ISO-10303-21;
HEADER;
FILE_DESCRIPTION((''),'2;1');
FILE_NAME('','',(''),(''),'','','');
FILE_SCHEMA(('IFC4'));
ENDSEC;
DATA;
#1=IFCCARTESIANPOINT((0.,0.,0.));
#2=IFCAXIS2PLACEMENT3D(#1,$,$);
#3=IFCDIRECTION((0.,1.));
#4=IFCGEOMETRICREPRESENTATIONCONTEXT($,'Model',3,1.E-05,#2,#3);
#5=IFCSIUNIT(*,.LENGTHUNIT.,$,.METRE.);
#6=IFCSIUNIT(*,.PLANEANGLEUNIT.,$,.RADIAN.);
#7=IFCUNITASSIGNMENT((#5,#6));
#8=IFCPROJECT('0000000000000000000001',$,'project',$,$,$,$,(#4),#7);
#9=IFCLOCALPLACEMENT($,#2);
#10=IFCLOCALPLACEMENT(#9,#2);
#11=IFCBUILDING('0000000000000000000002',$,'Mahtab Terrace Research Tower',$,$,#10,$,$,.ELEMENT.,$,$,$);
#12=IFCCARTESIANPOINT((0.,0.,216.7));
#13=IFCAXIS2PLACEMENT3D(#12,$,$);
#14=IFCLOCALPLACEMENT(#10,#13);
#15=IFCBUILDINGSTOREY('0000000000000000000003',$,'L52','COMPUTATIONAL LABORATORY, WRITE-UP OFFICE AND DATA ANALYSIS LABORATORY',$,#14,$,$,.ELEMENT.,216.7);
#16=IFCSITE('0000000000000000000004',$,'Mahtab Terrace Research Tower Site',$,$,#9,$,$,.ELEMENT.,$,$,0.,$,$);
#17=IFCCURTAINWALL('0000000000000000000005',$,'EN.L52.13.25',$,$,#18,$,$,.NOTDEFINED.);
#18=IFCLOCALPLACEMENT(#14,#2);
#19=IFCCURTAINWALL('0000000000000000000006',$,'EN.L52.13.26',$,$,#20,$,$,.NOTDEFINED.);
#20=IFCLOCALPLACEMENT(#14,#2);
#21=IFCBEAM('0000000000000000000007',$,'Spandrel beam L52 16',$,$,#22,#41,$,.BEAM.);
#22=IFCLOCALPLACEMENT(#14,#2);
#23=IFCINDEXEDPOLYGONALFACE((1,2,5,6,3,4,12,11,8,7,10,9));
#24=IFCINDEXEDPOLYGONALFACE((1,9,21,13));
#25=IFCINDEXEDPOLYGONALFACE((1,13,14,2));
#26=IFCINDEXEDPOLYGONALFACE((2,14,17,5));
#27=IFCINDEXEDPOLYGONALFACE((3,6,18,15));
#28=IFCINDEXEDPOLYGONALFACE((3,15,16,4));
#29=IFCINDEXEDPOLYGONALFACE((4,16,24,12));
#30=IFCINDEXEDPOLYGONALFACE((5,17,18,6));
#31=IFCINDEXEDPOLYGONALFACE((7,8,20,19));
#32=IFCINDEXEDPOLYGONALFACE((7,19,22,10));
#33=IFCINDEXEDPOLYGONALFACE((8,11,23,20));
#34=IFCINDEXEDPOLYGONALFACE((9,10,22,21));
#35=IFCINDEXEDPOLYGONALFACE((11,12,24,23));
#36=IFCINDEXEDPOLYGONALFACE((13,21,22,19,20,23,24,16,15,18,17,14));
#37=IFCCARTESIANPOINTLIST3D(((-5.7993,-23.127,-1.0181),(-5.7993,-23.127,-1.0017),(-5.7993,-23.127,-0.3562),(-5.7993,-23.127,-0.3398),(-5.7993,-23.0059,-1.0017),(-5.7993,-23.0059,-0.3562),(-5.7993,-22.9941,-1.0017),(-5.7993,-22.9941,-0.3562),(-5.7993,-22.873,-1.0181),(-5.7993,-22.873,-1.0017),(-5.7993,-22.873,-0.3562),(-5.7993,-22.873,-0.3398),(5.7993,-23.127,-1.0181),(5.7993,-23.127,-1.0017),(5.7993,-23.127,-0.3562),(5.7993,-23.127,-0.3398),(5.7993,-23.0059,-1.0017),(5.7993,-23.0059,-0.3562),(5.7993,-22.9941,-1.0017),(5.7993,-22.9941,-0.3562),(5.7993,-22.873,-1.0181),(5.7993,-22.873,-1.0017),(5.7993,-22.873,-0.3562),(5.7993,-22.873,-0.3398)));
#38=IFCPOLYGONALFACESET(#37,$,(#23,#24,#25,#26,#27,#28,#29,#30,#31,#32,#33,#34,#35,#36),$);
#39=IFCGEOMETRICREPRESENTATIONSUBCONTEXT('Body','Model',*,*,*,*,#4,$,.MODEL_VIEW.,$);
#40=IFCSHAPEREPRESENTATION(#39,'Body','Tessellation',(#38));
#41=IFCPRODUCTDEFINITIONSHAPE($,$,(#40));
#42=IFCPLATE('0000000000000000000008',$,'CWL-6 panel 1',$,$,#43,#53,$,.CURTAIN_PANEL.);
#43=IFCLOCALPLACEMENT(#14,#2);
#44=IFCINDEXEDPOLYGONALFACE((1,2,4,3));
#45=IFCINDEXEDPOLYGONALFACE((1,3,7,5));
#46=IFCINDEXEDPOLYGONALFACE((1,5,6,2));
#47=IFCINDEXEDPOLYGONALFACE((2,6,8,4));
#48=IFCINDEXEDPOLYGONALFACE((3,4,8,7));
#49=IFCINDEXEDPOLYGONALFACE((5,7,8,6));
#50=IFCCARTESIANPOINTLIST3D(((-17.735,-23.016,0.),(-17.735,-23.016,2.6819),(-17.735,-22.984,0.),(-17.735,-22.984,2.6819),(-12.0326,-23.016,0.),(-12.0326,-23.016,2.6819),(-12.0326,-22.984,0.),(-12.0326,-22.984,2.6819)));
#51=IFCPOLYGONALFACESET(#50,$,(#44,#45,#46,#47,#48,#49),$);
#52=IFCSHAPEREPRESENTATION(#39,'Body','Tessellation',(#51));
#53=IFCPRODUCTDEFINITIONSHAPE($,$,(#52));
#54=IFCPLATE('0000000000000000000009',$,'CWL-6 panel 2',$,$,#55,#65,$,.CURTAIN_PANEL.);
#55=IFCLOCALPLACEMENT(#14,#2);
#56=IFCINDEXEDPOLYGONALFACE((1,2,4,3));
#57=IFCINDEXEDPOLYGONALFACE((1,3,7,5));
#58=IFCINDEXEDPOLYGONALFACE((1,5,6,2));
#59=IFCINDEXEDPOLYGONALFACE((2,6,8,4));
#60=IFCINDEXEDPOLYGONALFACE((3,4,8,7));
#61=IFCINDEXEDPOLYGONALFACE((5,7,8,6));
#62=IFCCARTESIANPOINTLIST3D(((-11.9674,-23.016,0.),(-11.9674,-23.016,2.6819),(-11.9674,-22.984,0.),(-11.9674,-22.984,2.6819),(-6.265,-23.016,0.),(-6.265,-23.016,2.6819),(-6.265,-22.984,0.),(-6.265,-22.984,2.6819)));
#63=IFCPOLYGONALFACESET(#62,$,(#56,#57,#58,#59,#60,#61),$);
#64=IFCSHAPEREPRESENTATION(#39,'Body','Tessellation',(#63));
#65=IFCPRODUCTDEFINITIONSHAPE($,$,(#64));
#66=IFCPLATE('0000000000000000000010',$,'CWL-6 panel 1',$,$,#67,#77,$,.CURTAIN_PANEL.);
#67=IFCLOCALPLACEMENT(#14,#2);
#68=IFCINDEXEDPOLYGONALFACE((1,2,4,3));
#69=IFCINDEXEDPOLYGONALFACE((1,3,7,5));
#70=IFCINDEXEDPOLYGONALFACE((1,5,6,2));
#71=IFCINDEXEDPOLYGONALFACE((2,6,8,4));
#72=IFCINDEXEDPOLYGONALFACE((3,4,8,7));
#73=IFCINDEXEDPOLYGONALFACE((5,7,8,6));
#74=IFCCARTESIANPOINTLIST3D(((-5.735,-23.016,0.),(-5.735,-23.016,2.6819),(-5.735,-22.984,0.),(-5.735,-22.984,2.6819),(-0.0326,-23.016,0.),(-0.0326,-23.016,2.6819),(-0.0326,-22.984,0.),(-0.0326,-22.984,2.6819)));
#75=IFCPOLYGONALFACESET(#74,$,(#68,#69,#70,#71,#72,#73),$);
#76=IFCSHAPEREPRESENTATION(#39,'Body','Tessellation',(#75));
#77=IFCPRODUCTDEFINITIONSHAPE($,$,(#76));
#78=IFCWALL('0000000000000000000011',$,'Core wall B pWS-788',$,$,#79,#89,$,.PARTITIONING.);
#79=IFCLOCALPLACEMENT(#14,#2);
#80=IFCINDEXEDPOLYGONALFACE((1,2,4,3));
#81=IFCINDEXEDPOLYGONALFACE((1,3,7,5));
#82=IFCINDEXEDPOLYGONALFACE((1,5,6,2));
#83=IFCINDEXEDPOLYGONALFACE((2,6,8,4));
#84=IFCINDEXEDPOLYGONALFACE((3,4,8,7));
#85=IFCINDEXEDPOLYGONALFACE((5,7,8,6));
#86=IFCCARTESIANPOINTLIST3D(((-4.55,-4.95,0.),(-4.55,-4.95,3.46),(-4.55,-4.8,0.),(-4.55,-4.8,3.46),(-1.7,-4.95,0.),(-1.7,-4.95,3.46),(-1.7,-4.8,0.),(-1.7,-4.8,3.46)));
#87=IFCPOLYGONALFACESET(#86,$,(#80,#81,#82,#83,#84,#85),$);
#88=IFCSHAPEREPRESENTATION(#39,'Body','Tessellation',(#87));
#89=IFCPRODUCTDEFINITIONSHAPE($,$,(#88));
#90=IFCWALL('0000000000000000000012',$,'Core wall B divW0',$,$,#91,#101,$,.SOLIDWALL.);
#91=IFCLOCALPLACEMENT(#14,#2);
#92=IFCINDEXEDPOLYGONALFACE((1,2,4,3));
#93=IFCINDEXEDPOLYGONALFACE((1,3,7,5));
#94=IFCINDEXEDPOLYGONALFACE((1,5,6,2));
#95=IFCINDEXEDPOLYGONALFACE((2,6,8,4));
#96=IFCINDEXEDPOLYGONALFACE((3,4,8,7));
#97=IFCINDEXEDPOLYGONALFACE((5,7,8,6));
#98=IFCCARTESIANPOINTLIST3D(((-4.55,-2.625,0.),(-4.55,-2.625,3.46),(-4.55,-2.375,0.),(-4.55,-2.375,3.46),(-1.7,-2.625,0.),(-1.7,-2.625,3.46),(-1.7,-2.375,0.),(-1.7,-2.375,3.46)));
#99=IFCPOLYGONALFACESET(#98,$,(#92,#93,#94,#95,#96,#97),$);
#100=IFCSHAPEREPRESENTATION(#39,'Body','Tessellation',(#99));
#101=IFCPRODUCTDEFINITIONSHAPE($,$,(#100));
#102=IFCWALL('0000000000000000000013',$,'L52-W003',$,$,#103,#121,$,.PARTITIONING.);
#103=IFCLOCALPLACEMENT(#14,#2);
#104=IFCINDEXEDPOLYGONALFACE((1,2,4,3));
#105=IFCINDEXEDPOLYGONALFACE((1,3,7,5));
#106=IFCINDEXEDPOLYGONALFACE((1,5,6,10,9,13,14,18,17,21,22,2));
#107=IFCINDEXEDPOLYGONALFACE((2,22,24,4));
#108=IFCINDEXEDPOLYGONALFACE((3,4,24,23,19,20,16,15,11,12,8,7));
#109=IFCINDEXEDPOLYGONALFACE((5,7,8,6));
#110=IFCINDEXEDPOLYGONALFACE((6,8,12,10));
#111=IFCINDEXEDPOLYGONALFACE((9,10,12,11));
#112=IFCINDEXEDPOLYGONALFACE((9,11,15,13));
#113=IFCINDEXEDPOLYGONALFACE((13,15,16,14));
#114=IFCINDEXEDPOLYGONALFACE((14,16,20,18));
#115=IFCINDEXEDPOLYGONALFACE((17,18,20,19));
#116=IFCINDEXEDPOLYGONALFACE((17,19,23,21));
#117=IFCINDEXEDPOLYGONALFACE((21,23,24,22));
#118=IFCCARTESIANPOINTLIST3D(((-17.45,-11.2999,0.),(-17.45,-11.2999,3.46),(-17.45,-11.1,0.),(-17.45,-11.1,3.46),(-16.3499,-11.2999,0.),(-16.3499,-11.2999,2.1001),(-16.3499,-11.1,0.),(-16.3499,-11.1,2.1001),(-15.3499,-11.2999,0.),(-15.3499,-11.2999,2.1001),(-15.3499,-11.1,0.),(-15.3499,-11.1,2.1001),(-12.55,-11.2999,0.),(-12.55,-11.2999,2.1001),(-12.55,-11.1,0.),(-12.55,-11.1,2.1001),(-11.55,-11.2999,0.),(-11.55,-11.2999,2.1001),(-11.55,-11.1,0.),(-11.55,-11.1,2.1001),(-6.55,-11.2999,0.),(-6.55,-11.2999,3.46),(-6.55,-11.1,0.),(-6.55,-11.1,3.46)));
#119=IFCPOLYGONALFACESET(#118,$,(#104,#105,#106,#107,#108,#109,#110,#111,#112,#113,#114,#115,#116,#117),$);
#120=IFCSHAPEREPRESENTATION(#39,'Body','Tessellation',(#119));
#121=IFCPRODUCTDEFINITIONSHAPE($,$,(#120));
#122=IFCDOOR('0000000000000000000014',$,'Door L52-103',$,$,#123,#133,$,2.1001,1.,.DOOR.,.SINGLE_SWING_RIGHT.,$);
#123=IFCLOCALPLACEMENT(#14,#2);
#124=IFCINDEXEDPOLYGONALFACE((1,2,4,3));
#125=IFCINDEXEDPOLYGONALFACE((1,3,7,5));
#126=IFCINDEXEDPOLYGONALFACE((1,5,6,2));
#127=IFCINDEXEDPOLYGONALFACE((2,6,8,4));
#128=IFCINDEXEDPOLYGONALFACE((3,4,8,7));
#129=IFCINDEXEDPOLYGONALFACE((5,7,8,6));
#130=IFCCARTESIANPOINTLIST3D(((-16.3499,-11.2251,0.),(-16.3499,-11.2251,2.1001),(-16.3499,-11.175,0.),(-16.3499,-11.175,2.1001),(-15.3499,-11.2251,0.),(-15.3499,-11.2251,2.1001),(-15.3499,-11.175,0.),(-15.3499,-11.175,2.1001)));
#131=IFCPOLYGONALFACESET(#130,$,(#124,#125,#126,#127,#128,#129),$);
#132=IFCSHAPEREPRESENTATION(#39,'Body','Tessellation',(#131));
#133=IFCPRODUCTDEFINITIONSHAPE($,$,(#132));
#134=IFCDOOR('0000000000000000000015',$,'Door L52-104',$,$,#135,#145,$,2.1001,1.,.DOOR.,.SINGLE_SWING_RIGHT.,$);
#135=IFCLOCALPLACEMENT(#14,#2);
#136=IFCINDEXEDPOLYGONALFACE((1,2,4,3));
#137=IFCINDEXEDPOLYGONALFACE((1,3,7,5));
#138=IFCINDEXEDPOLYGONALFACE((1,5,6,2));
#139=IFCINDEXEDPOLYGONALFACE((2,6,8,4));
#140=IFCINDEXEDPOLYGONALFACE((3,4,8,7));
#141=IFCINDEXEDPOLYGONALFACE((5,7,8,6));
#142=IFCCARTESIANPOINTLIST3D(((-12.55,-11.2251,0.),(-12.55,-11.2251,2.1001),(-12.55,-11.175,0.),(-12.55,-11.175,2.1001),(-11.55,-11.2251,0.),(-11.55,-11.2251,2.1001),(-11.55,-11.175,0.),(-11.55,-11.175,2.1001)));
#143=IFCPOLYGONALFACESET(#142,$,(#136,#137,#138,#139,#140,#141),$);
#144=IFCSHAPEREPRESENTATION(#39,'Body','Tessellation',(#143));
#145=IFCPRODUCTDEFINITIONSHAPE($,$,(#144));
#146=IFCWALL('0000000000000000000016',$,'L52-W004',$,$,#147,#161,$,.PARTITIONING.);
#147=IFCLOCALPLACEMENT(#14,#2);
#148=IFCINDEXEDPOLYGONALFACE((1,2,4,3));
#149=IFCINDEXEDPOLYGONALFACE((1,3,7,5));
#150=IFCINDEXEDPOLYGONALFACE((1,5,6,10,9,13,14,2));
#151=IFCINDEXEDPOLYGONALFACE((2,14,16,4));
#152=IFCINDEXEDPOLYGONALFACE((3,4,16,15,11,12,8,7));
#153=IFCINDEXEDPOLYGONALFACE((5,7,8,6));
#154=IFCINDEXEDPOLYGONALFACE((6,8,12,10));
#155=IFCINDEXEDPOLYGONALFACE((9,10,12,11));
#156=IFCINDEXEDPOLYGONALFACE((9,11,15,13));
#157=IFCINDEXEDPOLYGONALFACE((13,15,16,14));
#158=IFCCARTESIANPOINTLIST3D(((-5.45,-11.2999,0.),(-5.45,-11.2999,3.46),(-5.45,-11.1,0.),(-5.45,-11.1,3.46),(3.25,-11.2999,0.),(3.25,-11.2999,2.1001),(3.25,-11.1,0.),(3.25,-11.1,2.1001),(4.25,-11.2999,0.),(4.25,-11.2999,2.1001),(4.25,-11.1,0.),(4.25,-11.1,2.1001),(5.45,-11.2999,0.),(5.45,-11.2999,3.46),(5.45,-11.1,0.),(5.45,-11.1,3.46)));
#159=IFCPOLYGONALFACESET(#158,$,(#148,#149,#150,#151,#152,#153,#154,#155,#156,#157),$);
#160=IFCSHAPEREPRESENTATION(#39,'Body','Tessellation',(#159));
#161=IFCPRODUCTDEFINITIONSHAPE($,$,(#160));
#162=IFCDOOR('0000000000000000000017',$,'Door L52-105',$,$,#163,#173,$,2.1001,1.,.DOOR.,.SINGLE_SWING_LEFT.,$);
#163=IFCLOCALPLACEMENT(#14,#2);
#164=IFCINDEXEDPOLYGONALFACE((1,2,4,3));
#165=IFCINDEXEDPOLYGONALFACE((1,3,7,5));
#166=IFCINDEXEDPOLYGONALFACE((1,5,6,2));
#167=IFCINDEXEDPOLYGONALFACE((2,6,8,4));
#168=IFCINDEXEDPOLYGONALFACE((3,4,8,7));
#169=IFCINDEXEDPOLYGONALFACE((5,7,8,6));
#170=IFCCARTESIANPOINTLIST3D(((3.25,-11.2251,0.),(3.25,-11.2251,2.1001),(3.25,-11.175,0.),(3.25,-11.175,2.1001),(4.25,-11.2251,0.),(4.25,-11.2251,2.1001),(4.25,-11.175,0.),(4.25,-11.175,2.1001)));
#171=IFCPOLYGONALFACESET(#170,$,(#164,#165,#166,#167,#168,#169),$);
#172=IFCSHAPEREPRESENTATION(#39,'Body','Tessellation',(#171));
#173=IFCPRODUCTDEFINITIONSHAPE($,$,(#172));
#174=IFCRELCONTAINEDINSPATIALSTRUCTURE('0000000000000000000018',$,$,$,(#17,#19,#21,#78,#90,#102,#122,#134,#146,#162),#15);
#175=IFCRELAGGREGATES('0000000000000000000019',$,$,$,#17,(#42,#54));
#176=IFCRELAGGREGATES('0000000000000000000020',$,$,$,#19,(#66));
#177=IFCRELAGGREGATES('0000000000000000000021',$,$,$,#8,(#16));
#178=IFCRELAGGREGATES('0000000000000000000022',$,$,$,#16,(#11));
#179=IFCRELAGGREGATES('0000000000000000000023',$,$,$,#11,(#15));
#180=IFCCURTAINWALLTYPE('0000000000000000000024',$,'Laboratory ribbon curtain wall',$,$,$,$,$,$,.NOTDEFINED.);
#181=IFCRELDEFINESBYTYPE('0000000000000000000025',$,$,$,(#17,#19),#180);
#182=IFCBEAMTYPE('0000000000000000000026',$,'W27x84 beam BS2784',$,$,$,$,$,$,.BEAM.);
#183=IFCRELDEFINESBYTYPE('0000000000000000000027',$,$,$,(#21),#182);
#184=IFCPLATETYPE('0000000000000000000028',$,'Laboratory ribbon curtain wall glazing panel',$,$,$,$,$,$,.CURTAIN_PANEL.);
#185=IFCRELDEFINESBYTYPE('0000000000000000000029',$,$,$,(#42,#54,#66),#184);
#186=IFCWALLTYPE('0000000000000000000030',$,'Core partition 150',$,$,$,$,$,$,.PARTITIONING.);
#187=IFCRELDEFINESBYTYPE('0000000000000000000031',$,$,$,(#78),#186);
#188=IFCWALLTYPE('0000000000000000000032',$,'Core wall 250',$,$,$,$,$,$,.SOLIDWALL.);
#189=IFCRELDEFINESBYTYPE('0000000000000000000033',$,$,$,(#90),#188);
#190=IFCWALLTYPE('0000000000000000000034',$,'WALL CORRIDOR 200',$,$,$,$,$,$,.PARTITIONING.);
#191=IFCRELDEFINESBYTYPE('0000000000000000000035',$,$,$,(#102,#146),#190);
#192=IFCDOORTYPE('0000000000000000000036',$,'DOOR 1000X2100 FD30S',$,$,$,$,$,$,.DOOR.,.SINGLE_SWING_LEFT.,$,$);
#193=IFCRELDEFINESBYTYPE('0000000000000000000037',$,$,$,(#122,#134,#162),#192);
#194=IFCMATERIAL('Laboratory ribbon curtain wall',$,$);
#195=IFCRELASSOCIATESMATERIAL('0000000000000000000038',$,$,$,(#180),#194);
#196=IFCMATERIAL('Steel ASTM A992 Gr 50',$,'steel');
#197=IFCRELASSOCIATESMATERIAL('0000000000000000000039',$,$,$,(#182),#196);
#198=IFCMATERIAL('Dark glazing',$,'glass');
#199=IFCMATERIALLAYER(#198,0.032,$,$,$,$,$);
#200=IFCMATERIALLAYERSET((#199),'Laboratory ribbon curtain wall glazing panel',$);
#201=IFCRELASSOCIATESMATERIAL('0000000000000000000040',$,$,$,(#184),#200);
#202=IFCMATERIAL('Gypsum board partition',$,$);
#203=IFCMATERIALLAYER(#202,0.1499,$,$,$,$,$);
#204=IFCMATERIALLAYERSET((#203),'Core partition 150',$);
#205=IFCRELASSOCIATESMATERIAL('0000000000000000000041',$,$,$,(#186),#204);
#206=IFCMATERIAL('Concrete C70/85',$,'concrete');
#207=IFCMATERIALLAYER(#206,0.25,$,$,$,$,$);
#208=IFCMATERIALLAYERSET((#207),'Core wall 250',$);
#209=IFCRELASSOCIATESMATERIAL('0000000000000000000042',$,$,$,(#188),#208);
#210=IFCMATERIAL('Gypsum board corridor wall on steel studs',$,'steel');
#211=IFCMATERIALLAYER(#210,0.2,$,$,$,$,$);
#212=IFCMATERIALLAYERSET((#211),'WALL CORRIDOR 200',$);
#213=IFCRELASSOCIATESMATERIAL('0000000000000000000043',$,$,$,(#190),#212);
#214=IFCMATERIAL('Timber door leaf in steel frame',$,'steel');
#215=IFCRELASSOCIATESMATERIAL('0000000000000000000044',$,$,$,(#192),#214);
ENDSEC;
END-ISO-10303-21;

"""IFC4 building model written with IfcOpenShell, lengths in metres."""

from ifc_helpers import new_model, si_unit, direction, frame, frame_2d, origin, origin_2d, place, context, subcontext, project, spatial, rectangle, i_section, extrude, material, layer, layer_set, material_profile, profile_set, type_object, element, fill, aggregate, save


model = new_model("IFC4")

# Units and contexts
model_context = context("Model", 3, precision=1e-05, world=origin(), true_north=direction((0.0, 1.0)))
body_context = subcontext(model_context, "Body", "Model", "MODEL_VIEW")
ifc_project = project(units=[si_unit("LENGTHUNIT", "METRE"), si_unit("PLANEANGLEUNIT", "RADIAN")], contexts=[model_context])

# Site, building, storey
site_placement = place(None, origin())
site = spatial("IfcSite", under=ifc_project, at=site_placement, Name="Mahtab Terrace Research Tower Site", CompositionType="ELEMENT", RefElevation=0.0)
building_placement = place(site_placement, origin())
building = spatial("IfcBuilding", under=site, at=building_placement, Name="Mahtab Terrace Research Tower", CompositionType="ELEMENT")
storey_placement = place(building_placement, frame((0.0, 0.0, 216.7)))
storey = spatial("IfcBuildingStorey", under=building, at=storey_placement, Name="L52", Description="COMPUTATIONAL LABORATORY, WRITE-UP OFFICE AND DATA ANALYSIS LABORATORY", CompositionType="ELEMENT", Elevation=216.7)

# Shared definitions
ifc_material_1 = material(Name="Concrete C70/85", Category="concrete")
ifc_material_2 = material(Name="Steel ASTM A992 Gr 50", Category="steel")

# Curtain wall
ifc_material_3 = material(Name="Laboratory ribbon curtain wall")
curtain_wall_type = type_object("IfcCurtainWallType", Name="Laboratory ribbon curtain wall", PredefinedType="NOTDEFINED", material=ifc_material_3)
curtain_wall_1_placement = place(storey_placement, origin())
curtain_wall_1 = element("IfcCurtainWall", 1, at=curtain_wall_1_placement, inside=storey, type_object=curtain_wall_type, Name="EN.L52.13.25", PredefinedType="NOTDEFINED")

# Curtain wall
curtain_wall_2_placement = place(storey_placement, origin())
curtain_wall_2 = element("IfcCurtainWall", 2, at=curtain_wall_2_placement, inside=storey, type_object=curtain_wall_type, Name="EN.L52.13.26", PredefinedType="NOTDEFINED")

# Beam
ifc_material_profile_1 = material_profile(ifc_material_2, i_section(OverallWidth=0.2539, OverallDepth=0.6782, WebThickness=0.0117, FlangeThickness=0.0164, at=origin_2d()), Name="W27X84")
ifc_profile_set_1 = profile_set([ifc_material_profile_1], Name="Steel ASTM A992 Gr 50")
beam_type = type_object("IfcBeamType", Name="W27x84 beam BS2784", PredefinedType="BEAM", material=ifc_profile_set_1)
for number, where, z_axis, x_axis, name in (
    (3, (-5.7993, -23.0, -0.679), (1.0, 0.0, 0.0), (0.0, 1.0, 0.0), "Spandrel beam L52 16"),
):
    element("IfcBeam", number, at=place(storey_placement, frame(where, z_axis=z_axis, x_axis=x_axis)), inside=storey, type_object=beam_type, Name=name, PredefinedType="BEAM", context=body_context, shape_type="SweptSolid", body=[
        extrude(i_section(OverallWidth=0.2539, OverallDepth=0.6782, WebThickness=0.0117, FlangeThickness=0.0164, at=origin_2d()), origin(), (0.0, 0.0, 1.0), 11.5986),
    ])

# Plates
ifc_material_4 = material(Name="Dark glazing", Category="glass")
ifc_layer_1 = layer(ifc_material_4, 0.032)
ifc_layer_set_1 = layer_set([ifc_layer_1], Name="Laboratory ribbon curtain wall glazing panel")
plate_type = type_object("IfcPlateType", Name="Laboratory ribbon curtain wall glazing panel", PredefinedType="CURTAIN_PANEL", material=ifc_layer_set_1)
plate_1_placement = place(storey_placement, frame((-14.8838, -23.0, 0.0), z_axis=(0.0, 0.0, 1.0), x_axis=(1.0, 0.0, 0.0)))
plate_1 = element("IfcPlate", 4, at=plate_1_placement, type_object=plate_type, Name="CWL-6 panel 1", PredefinedType="CURTAIN_PANEL", context=body_context, shape_type="SweptSolid", body=[
    extrude(rectangle(XDim=5.7024, YDim=0.032, at=origin_2d()), origin(), (0.0, 0.0, 1.0), 2.6819),
])
plate_2_placement = place(storey_placement, frame((-9.1162, -23.0, 0.0), z_axis=(0.0, 0.0, 1.0), x_axis=(1.0, 0.0, 0.0)))
plate_2 = element("IfcPlate", 5, at=plate_2_placement, type_object=plate_type, Name="CWL-6 panel 2", PredefinedType="CURTAIN_PANEL", context=body_context, shape_type="SweptSolid", body=[
    extrude(rectangle(XDim=5.7024, YDim=0.032, at=origin_2d()), origin(), (0.0, 0.0, 1.0), 2.6819),
])
aggregate(curtain_wall_1, [plate_1, plate_2])
plate_3_placement = place(storey_placement, frame((-2.8838, -23.0, 0.0), z_axis=(0.0, 0.0, 1.0), x_axis=(1.0, 0.0, 0.0)))
plate_3 = element("IfcPlate", 6, at=plate_3_placement, type_object=plate_type, Name="CWL-6 panel 1", PredefinedType="CURTAIN_PANEL", context=body_context, shape_type="SweptSolid", body=[
    extrude(rectangle(XDim=5.7024, YDim=0.032, at=origin_2d()), origin(), (0.0, 0.0, 1.0), 2.6819),
])
aggregate(curtain_wall_2, [plate_3])

# Walls
ifc_material_5 = material(Name="Gypsum board partition")
ifc_layer_2 = layer(ifc_material_5, 0.1499)
ifc_layer_set_2 = layer_set([ifc_layer_2], Name="Core partition 150")
wall_type_1 = type_object("IfcWallType", Name="Core partition 150", PredefinedType="PARTITIONING", material=ifc_layer_set_2)
wall_1_placement = place(storey_placement, frame((-4.55, -4.875, 0.0), z_axis=(0.0, 0.0, 1.0), x_axis=(1.0, 0.0, 0.0)))
element("IfcWall", 7, at=wall_1_placement, inside=storey, type_object=wall_type_1, Name="Core wall B pWS-788", PredefinedType="PARTITIONING", context=body_context, shape_type="SweptSolid", body=[
    extrude(rectangle(XDim=2.8501, YDim=0.1499, at=frame_2d((1.425, 0.0))), origin(), (0.0, 0.0, 1.0), 3.46),
])
ifc_layer_3 = layer(ifc_material_1, 0.25)
ifc_layer_set_3 = layer_set([ifc_layer_3], Name="Core wall 250")
wall_type_2 = type_object("IfcWallType", Name="Core wall 250", PredefinedType="SOLIDWALL", material=ifc_layer_set_3)
wall_2_placement = place(storey_placement, frame((-4.55, -2.5, 0.0), z_axis=(0.0, 0.0, 1.0), x_axis=(1.0, 0.0, 0.0)))
element("IfcWall", 8, at=wall_2_placement, inside=storey, type_object=wall_type_2, Name="Core wall B divW0", PredefinedType="SOLIDWALL", context=body_context, shape_type="SweptSolid", body=[
    extrude(rectangle(XDim=2.8501, YDim=0.25, at=frame_2d((1.425, 0.0))), origin(), (0.0, 0.0, 1.0), 3.46),
])

# Wall, openings, doors
ifc_material_6 = material(Name="Gypsum board corridor wall on steel studs", Category="steel")
ifc_layer_4 = layer(ifc_material_6, 0.2)
ifc_layer_set_4 = layer_set([ifc_layer_4], Name="WALL CORRIDOR 200")
wall_type_3 = type_object("IfcWallType", Name="WALL CORRIDOR 200", PredefinedType="PARTITIONING", material=ifc_layer_set_4)
wall_3_placement = place(storey_placement, frame((-17.45, -11.2, 0.0), z_axis=(0.0, 0.0, 1.0), x_axis=(1.0, 0.0, 0.0)))
wall_3 = element("IfcWall", 9, at=wall_3_placement, inside=storey, type_object=wall_type_3, Name="L52-W003", PredefinedType="PARTITIONING", context=body_context, shape_type="SweptSolid", body=[
    extrude(rectangle(XDim=10.8999, YDim=0.2, at=frame_2d((5.45, 0.0))), origin(), (0.0, 0.0, 1.0), 3.46),
])
opening_1_placement = place(wall_3_placement, frame((1.1001, 0.0, 0.0)))
opening_1 = element("IfcOpeningElement", 10, at=opening_1_placement, cuts=wall_3, PredefinedType="OPENING", context=body_context, shape_type="SweptSolid", body=[
    extrude(rectangle(XDim=1.0, YDim=2.1001, at=frame_2d((0.5, 1.05))), frame((0.0, 0.1099, 0.0), z_axis=(0.0, -1.0, 0.0), x_axis=(1.0, 0.0, 0.0)), (0.0, 0.0, 1.0), 0.22),
])
opening_2_placement = place(wall_3_placement, frame((4.8999, 0.0, 0.0)))
opening_2 = element("IfcOpeningElement", 11, at=opening_2_placement, cuts=wall_3, PredefinedType="OPENING", context=body_context, shape_type="SweptSolid", body=[
    extrude(rectangle(XDim=1.0, YDim=2.1001, at=frame_2d((0.5, 1.05))), frame((0.0, 0.1099, 0.0), z_axis=(0.0, -1.0, 0.0), x_axis=(1.0, 0.0, 0.0)), (0.0, 0.0, 1.0), 0.22),
])
ifc_material_7 = material(Name="Timber door leaf in steel frame", Category="steel")
door_type_1 = type_object("IfcDoorType", Name="DOOR 1000X2100 FD30S", OperationType="SINGLE_SWING_LEFT", PredefinedType="DOOR", material=ifc_material_7)
door_1_placement = place(opening_1_placement, origin())
door_1 = element("IfcDoor", 12, at=door_1_placement, inside=storey, type_object=door_type_1, Name="Door L52-103", OperationType="SINGLE_SWING_RIGHT", OverallHeight=2.1001, OverallWidth=1.0, PredefinedType="DOOR", context=body_context, shape_type="SweptSolid", body=[
    extrude(rectangle(XDim=1.0, YDim=2.1001, at=frame_2d((0.5, 1.05))), frame((0.0, 0.0249, 0.0), z_axis=(0.0, -1.0, 0.0), x_axis=(1.0, 0.0, 0.0)), (0.0, 0.0, 1.0), 0.05),
])
fill(opening_1, door_1)
door_2_placement = place(opening_2_placement, origin())
door_2 = element("IfcDoor", 13, at=door_2_placement, inside=storey, type_object=door_type_1, Name="Door L52-104", OperationType="SINGLE_SWING_RIGHT", OverallHeight=2.1001, OverallWidth=1.0, PredefinedType="DOOR", context=body_context, shape_type="SweptSolid", body=[
    extrude(rectangle(XDim=1.0, YDim=2.1001, at=frame_2d((0.5, 1.05))), frame((0.0, 0.0249, 0.0), z_axis=(0.0, -1.0, 0.0), x_axis=(1.0, 0.0, 0.0)), (0.0, 0.0, 1.0), 0.05),
])
fill(opening_2, door_2)

# Wall, opening, door
wall_4_placement = place(storey_placement, frame((-5.45, -11.2, 0.0), z_axis=(0.0, 0.0, 1.0), x_axis=(1.0, 0.0, 0.0)))
wall_4 = element("IfcWall", 14, at=wall_4_placement, inside=storey, type_object=wall_type_3, Name="L52-W004", PredefinedType="PARTITIONING", context=body_context, shape_type="SweptSolid", body=[
    extrude(rectangle(XDim=10.8999, YDim=0.2, at=frame_2d((5.45, 0.0))), origin(), (0.0, 0.0, 1.0), 3.46),
])
opening_3_placement = place(wall_4_placement, frame((8.7, 0.0, 0.0)))
opening_3 = element("IfcOpeningElement", 15, at=opening_3_placement, cuts=wall_4, PredefinedType="OPENING", context=body_context, shape_type="SweptSolid", body=[
    extrude(rectangle(XDim=1.0, YDim=2.1001, at=frame_2d((0.5, 1.05))), frame((0.0, 0.1099, 0.0), z_axis=(0.0, -1.0, 0.0), x_axis=(1.0, 0.0, 0.0)), (0.0, 0.0, 1.0), 0.22),
])
door_3_placement = place(opening_3_placement, origin())
door_3 = element("IfcDoor", 16, at=door_3_placement, inside=storey, type_object=door_type_1, Name="Door L52-105", OperationType="SINGLE_SWING_LEFT", OverallHeight=2.1001, OverallWidth=1.0, PredefinedType="DOOR", context=body_context, shape_type="SweptSolid", body=[
    extrude(rectangle(XDim=1.0, YDim=2.1001, at=frame_2d((0.5, 1.05))), frame((0.0, 0.0249, 0.0), z_axis=(0.0, -1.0, 0.0), x_axis=(1.0, 0.0, 0.0)), (0.0, 0.0, 1.0), 0.05),
])
fill(opening_3, door_3)

save(model, "model.ifc")
